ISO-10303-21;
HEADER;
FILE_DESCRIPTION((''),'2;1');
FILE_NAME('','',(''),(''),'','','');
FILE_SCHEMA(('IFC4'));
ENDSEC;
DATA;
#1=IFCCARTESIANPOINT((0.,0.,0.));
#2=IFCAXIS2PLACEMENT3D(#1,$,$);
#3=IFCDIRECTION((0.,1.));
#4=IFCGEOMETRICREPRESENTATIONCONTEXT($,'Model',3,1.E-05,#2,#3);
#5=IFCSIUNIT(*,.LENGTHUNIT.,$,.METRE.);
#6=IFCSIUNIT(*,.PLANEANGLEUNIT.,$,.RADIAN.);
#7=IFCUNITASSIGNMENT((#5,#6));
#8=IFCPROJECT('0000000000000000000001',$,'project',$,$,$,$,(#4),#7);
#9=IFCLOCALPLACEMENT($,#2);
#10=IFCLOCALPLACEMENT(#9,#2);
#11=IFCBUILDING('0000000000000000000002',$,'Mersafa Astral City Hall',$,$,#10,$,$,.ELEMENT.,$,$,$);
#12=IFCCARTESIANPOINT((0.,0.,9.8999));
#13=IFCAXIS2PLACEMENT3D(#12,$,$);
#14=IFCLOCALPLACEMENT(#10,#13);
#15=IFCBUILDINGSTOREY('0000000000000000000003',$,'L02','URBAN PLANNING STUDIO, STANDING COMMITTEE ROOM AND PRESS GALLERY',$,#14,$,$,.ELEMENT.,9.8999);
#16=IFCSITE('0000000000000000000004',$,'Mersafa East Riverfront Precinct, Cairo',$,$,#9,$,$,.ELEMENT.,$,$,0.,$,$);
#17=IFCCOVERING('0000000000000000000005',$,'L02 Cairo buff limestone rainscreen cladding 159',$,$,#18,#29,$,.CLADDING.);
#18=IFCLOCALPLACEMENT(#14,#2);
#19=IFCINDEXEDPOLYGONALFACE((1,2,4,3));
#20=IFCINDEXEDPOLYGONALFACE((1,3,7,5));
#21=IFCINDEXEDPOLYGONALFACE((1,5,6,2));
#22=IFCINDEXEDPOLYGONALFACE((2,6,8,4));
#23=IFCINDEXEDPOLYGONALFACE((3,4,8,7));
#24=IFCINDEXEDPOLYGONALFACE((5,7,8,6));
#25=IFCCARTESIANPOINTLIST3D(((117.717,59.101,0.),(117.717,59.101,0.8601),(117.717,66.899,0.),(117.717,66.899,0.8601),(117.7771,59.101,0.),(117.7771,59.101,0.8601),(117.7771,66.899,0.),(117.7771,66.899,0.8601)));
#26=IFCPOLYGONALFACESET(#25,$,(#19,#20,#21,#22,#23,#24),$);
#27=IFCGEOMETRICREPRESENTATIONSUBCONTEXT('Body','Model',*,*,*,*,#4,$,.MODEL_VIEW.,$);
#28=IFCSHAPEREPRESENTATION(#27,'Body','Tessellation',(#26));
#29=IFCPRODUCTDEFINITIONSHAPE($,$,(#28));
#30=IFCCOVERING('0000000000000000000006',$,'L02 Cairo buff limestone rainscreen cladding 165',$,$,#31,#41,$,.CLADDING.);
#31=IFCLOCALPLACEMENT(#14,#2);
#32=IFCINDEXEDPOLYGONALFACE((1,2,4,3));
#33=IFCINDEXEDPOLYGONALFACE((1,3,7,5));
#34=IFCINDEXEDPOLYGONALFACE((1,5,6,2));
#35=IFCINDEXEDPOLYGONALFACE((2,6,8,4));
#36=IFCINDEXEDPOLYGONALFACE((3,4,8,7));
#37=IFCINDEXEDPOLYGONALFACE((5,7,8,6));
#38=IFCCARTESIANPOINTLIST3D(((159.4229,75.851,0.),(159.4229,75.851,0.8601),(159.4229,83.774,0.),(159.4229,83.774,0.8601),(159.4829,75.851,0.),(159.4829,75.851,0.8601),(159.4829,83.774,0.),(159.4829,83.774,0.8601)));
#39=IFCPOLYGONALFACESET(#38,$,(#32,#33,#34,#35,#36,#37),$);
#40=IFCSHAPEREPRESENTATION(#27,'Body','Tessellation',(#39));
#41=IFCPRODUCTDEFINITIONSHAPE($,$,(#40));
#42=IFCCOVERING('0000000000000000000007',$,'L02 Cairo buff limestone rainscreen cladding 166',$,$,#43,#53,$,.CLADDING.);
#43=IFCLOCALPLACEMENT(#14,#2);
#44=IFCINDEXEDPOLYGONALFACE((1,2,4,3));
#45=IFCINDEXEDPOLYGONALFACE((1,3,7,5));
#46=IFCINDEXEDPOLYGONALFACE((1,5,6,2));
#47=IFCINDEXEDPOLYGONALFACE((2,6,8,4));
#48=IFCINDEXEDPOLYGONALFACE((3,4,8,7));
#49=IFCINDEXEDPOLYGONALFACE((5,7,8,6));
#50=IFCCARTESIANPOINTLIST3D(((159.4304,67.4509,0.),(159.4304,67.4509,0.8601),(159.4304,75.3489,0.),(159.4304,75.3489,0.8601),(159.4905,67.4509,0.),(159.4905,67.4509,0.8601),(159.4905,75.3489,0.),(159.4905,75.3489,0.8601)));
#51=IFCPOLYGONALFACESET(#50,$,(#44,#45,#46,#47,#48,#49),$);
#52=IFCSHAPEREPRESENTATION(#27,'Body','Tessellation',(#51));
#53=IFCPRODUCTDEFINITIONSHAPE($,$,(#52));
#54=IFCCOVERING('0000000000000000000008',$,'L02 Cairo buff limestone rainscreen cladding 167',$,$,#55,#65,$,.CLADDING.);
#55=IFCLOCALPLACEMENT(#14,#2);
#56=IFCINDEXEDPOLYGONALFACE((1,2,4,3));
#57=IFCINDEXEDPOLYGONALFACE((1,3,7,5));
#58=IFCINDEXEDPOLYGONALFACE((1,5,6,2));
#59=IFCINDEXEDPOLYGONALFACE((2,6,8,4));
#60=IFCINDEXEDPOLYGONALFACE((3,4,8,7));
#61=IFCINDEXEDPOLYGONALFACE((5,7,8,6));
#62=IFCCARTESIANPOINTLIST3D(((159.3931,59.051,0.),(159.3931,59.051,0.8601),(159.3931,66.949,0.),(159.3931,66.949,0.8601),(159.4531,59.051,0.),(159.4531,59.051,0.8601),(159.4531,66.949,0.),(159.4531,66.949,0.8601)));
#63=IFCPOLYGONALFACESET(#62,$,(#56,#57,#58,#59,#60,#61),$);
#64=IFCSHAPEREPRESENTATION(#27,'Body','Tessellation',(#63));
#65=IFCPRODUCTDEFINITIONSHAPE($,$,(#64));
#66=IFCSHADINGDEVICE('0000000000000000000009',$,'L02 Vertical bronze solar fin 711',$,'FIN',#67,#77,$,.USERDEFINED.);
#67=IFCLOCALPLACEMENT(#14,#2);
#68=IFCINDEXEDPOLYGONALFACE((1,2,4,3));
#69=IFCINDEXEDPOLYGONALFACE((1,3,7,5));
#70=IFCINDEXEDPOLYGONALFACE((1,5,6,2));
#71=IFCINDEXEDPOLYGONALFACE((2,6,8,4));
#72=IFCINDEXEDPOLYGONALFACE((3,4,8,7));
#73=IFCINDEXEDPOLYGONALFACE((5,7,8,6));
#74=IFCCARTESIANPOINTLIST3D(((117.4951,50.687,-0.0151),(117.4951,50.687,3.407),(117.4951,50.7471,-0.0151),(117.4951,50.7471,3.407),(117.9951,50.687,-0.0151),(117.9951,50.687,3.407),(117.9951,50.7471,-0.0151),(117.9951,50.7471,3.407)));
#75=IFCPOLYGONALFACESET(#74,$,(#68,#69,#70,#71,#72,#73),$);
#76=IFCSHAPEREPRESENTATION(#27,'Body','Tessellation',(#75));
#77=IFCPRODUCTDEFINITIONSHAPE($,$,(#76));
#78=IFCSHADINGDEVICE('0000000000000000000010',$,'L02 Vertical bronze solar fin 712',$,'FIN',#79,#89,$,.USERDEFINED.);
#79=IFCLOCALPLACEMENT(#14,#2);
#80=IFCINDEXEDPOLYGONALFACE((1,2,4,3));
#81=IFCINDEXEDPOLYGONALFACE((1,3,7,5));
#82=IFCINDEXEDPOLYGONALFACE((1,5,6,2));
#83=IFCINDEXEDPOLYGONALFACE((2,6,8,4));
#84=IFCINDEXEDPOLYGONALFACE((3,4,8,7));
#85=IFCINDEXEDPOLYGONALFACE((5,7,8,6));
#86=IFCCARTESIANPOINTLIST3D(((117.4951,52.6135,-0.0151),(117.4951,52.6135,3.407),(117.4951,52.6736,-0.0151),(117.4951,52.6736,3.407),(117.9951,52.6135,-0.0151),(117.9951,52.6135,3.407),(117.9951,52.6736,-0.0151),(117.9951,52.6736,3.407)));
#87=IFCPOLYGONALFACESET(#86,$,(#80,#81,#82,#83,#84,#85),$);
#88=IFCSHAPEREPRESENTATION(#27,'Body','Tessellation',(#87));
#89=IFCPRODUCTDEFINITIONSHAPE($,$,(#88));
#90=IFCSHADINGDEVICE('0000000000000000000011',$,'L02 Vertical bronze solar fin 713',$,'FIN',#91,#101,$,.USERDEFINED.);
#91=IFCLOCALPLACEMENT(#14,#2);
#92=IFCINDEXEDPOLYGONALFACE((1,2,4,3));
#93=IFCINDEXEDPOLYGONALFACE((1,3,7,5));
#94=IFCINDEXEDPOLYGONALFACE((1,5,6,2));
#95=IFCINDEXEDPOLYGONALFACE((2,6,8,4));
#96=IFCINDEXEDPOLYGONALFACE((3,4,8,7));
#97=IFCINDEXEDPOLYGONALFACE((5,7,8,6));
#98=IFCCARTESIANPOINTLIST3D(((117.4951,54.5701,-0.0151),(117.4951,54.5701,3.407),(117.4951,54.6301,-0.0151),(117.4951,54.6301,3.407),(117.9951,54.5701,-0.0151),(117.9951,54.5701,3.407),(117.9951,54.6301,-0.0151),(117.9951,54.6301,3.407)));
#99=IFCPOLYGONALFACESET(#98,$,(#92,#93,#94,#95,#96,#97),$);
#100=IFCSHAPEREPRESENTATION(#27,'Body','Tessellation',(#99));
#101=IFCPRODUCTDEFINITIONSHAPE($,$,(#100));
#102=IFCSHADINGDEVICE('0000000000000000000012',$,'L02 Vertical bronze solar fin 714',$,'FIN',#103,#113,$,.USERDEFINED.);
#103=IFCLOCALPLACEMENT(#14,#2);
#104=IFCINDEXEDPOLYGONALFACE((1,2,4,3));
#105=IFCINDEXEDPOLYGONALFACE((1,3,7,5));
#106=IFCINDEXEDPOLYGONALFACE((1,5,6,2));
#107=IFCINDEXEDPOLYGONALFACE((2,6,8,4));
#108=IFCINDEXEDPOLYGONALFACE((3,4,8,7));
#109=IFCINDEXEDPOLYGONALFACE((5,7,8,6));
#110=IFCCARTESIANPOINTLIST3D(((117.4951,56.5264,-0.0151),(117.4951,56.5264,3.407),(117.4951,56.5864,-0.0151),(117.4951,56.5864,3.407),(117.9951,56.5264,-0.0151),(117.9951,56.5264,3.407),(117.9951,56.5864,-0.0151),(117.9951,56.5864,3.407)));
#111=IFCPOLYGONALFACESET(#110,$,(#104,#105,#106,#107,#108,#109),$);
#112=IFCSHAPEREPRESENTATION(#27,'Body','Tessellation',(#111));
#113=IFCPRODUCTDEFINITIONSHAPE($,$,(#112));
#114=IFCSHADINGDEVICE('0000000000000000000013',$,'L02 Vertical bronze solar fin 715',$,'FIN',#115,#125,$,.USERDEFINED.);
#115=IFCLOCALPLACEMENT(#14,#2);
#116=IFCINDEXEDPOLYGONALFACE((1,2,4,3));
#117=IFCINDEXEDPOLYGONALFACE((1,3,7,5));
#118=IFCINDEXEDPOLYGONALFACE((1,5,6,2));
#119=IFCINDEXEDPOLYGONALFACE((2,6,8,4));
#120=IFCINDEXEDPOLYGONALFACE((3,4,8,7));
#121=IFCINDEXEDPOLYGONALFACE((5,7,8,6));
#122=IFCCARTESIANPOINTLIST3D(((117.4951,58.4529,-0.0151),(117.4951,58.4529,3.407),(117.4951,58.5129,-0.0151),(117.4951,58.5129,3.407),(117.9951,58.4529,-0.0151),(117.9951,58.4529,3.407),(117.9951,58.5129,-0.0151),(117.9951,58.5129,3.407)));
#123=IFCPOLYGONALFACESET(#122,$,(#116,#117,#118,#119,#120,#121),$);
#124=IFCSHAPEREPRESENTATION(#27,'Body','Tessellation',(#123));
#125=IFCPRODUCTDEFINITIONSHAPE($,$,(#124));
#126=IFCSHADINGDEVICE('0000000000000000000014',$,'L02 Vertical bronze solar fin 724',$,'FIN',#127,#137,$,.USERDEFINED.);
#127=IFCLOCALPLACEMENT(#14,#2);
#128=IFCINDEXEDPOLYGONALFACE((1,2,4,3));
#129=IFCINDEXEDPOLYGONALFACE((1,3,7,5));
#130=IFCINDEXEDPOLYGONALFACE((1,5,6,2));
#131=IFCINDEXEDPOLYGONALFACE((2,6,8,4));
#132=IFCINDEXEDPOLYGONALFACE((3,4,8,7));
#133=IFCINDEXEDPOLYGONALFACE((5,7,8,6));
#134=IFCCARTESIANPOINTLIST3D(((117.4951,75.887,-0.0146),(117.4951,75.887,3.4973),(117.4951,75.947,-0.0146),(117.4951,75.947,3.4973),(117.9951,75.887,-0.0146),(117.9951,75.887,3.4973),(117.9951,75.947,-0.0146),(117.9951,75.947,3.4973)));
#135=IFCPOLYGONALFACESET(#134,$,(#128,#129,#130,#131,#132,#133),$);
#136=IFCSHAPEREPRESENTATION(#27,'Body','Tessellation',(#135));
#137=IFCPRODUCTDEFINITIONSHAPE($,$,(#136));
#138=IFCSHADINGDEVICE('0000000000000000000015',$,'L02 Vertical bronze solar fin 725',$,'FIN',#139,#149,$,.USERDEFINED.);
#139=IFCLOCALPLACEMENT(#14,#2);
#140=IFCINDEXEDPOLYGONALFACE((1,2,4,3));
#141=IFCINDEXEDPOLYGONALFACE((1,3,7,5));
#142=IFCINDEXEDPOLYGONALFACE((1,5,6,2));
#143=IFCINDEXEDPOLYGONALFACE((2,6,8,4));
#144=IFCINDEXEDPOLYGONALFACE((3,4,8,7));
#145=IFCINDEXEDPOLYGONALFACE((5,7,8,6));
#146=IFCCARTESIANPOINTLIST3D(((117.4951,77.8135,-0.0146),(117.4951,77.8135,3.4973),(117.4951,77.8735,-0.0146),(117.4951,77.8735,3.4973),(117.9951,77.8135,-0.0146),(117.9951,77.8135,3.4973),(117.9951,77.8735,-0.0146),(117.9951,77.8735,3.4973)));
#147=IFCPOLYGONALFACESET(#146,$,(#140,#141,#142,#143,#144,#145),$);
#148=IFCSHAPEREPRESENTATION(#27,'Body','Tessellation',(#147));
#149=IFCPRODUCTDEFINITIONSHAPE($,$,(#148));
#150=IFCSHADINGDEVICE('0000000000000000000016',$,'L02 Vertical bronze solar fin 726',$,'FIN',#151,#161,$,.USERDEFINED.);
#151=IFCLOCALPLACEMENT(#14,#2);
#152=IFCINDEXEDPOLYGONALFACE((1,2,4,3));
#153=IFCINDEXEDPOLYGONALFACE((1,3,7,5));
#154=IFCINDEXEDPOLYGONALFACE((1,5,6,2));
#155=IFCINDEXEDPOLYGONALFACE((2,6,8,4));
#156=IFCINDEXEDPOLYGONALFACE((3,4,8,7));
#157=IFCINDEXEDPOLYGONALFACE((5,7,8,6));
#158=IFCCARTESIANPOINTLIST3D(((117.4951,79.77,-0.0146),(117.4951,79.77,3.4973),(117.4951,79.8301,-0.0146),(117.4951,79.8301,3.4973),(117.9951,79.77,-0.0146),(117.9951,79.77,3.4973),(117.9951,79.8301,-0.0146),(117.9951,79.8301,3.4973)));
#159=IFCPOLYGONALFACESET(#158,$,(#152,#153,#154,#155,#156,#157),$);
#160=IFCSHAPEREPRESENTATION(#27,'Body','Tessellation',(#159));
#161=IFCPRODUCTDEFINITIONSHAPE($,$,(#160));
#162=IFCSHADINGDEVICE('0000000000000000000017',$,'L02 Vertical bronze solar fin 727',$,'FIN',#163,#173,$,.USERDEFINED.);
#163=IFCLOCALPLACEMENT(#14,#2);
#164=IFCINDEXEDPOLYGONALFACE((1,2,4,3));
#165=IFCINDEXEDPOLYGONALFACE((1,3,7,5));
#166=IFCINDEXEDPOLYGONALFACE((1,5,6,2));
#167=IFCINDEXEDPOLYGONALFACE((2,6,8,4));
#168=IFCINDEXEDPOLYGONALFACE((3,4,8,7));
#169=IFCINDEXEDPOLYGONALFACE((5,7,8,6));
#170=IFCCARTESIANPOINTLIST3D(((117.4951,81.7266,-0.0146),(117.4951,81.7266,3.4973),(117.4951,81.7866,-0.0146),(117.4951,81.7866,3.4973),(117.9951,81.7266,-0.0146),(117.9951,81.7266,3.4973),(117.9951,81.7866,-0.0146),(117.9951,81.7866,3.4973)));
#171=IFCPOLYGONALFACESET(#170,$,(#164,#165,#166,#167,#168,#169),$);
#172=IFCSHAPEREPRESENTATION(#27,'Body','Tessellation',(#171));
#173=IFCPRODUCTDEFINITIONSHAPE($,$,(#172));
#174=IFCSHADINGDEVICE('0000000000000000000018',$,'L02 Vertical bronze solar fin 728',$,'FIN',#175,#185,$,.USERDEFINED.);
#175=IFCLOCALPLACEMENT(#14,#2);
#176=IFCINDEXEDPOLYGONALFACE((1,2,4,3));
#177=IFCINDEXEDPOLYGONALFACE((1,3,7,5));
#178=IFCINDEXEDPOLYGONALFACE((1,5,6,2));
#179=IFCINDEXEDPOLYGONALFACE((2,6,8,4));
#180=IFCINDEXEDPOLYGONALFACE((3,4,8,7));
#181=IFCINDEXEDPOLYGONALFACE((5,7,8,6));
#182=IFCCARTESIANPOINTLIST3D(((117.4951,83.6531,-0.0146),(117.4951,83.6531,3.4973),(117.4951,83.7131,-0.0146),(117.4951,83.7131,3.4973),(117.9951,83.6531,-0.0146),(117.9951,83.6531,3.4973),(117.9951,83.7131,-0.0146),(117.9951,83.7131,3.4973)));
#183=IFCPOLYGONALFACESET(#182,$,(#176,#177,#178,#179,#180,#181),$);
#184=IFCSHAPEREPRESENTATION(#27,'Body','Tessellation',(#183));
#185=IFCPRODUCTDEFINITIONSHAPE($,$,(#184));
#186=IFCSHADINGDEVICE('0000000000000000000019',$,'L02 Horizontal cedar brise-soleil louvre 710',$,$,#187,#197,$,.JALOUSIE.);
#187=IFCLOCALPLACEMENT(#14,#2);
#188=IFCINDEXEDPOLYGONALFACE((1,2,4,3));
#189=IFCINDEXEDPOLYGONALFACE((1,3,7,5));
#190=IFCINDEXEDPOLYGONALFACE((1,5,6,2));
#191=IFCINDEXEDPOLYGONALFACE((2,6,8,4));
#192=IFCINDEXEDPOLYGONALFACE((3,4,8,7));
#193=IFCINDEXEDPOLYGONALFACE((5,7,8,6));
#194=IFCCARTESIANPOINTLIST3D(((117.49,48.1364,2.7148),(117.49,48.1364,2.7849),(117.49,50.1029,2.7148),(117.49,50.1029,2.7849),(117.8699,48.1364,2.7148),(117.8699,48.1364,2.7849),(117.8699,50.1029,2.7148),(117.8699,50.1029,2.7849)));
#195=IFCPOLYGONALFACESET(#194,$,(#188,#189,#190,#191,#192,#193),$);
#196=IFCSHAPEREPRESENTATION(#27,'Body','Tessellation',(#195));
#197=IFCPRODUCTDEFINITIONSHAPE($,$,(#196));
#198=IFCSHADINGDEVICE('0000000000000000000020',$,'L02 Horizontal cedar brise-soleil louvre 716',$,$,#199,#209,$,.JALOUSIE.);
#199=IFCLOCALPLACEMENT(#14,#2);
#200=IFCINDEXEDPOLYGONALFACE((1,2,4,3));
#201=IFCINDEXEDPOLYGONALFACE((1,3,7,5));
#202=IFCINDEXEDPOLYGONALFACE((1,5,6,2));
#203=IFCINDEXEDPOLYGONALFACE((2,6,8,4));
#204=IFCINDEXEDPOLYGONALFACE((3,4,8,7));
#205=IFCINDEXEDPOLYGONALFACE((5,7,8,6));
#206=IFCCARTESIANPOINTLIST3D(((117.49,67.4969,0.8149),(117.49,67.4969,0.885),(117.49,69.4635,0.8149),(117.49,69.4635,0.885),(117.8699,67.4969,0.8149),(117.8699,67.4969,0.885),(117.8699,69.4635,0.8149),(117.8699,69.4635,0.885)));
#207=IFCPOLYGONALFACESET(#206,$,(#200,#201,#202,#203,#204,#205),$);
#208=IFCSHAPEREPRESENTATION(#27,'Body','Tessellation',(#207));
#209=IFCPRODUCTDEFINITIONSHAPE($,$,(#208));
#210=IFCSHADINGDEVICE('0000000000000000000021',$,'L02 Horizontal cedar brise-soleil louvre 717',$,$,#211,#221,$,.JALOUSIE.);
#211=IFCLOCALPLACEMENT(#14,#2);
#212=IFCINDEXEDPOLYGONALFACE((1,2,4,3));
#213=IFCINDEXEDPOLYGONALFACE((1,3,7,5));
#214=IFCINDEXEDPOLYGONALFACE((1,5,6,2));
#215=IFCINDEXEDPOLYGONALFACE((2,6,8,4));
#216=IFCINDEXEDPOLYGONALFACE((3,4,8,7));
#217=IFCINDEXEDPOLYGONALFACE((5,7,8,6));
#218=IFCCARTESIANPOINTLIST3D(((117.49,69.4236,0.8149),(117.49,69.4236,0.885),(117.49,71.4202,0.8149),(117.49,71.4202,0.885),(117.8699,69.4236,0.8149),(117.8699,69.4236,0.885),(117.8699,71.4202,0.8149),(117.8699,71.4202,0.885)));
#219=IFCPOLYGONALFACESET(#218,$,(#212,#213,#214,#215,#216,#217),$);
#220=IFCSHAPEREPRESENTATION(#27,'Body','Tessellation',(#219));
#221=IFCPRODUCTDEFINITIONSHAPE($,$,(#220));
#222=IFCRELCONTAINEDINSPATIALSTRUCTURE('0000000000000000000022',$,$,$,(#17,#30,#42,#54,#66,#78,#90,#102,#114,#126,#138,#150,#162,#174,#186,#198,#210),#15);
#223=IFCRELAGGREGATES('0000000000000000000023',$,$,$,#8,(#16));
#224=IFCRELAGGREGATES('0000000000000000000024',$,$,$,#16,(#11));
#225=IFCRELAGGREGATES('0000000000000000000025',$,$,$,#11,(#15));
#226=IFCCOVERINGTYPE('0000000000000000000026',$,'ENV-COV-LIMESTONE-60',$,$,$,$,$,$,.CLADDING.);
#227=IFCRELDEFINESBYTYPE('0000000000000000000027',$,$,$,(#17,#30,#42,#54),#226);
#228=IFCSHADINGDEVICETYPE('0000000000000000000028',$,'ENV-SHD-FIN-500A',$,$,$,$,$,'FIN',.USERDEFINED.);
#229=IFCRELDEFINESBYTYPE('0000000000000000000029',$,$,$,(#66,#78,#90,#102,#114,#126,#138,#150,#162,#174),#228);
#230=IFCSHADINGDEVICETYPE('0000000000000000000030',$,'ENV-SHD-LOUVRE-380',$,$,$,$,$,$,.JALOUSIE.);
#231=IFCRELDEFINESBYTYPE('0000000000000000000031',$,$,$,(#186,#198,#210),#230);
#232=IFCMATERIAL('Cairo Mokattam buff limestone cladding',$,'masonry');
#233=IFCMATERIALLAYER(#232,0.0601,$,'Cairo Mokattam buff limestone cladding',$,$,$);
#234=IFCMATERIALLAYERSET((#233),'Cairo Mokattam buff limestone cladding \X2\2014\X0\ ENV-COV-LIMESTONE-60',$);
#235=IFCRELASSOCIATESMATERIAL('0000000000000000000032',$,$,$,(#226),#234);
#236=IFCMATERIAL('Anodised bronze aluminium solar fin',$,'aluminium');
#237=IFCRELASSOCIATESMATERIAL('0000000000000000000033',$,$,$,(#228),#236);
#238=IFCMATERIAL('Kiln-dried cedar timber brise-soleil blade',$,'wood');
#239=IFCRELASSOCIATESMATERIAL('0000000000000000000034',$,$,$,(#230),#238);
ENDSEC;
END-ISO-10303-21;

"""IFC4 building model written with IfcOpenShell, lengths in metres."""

from ifc_helpers import new_model, si_unit, direction, frame, origin, origin_2d, place, context, subcontext, project, spatial, rectangle, extrude, material, layer, layer_set, type_object, element, save


model = new_model("IFC4")

# Units and contexts
model_context = context("Model", 3, precision=1e-05, world=origin(), true_north=direction((0.0, 1.0)))
body_context = subcontext(model_context, "Body", "Model", "MODEL_VIEW")
ifc_project = project(units=[si_unit("LENGTHUNIT", "METRE"), si_unit("PLANEANGLEUNIT", "RADIAN")], contexts=[model_context])

# Site, building, storey
site_placement = place(None, origin())
site = spatial("IfcSite", under=ifc_project, at=site_placement, Name="Mersafa East Riverfront Precinct, Cairo", CompositionType="ELEMENT", RefElevation=0.0)
building_placement = place(site_placement, origin())
building = spatial("IfcBuilding", under=site, at=building_placement, Name="Mersafa Astral City Hall", CompositionType="ELEMENT")
storey_placement = place(building_placement, frame((0.0, 0.0, 9.8999)))
storey = spatial("IfcBuildingStorey", under=building, at=storey_placement, Name="L02", Description="URBAN PLANNING STUDIO, STANDING COMMITTEE ROOM AND PRESS GALLERY", CompositionType="ELEMENT", Elevation=9.8999)

# Coverings
ifc_material_1 = material(Name="Cairo Mokattam buff limestone cladding", Category="masonry")
ifc_layer = layer(ifc_material_1, 0.0601, Name="Cairo Mokattam buff limestone cladding")
ifc_layer_set = layer_set([ifc_layer], Name="Cairo Mokattam buff limestone cladding — ENV-COV-LIMESTONE-60")
covering_type = type_object("IfcCoveringType", Name="ENV-COV-LIMESTONE-60", PredefinedType="CLADDING", material=ifc_layer_set)
covering_1_placement = place(storey_placement, frame((117.7471, 63.0, 0.0), z_axis=(0.0, 0.0, 1.0), x_axis=(0.0, 1.0, 0.0)))
element("IfcCovering", 1, at=covering_1_placement, inside=storey, type_object=covering_type, Name="L02 Cairo buff limestone rainscreen cladding 159", PredefinedType="CLADDING", context=body_context, shape_type="SweptSolid", body=[
    extrude(rectangle(XDim=7.7981, YDim=0.0601, at=origin_2d()), origin(), (0.0, 0.0, 1.0), 0.8601),
])
covering_2_placement = place(storey_placement, frame((159.4529, 79.8125, 0.0), z_axis=(0.0, 0.0, 1.0), x_axis=(0.0, -1.0, 0.0)))
element("IfcCovering", 2, at=covering_2_placement, inside=storey, type_object=covering_type, Name="L02 Cairo buff limestone rainscreen cladding 165", PredefinedType="CLADDING", context=body_context, shape_type="SweptSolid", body=[
    extrude(rectangle(XDim=7.9231, YDim=0.0601, at=origin_2d()), origin(), (0.0, 0.0, 1.0), 0.8601),
])
for number, where, z_axis, x_axis, name in (
    (3, (159.4604, 71.3999, 0.0), (0.0, 0.0, 1.0), (0.0, -1.0, 0.0), "L02 Cairo buff limestone rainscreen cladding 166"),
    (4, (159.4231, 63.0, 0.0), (0.0, 0.0, 1.0), (0.0, -1.0, 0.0), "L02 Cairo buff limestone rainscreen cladding 167"),
):
    element("IfcCovering", number, at=place(storey_placement, frame(where, z_axis=z_axis, x_axis=x_axis)), inside=storey, type_object=covering_type, Name=name, PredefinedType="CLADDING", context=body_context, shape_type="SweptSolid", body=[
        extrude(rectangle(XDim=7.8979, YDim=0.0601, at=origin_2d()), origin(), (0.0, 0.0, 1.0), 0.8601),
    ])

# Shading devices
ifc_material_2 = material(Name="Anodised bronze aluminium solar fin", Category="aluminium")
shading_device_type_1 = type_object("IfcShadingDeviceType", Name="ENV-SHD-FIN-500A", ElementType="FIN", PredefinedType="USERDEFINED", material=ifc_material_2)
for number, where, z_axis, x_axis, name in (
    (5, (117.7451, 50.717, -0.0151), (0.0, 0.0, 1.0), (0.0, 1.0, 0.0), "L02 Vertical bronze solar fin 711"),
    (6, (117.7451, 52.6436, -0.0151), (0.0, 0.0, 1.0), (0.0, 1.0, 0.0), "L02 Vertical bronze solar fin 712"),
    (7, (117.7451, 54.6001, -0.0151), (0.0, 0.0, 1.0), (0.0, 1.0, 0.0), "L02 Vertical bronze solar fin 713"),
    (8, (117.7451, 56.5564, -0.0151), (0.0, 0.0, 1.0), (0.0, 1.0, 0.0), "L02 Vertical bronze solar fin 714"),
    (9, (117.7451, 58.4829, -0.0151), (0.0, 0.0, 1.0), (0.0, 1.0, 0.0), "L02 Vertical bronze solar fin 715"),
):
    element("IfcShadingDevice", number, at=place(storey_placement, frame(where, z_axis=z_axis, x_axis=x_axis)), inside=storey, type_object=shading_device_type_1, Name=name, ObjectType="FIN", PredefinedType="USERDEFINED", context=body_context, shape_type="SweptSolid", body=[
        extrude(rectangle(XDim=0.0601, YDim=0.5, at=origin_2d()), origin(), (0.0, 0.0, 1.0), 3.4221),
    ])
for number, where, z_axis, x_axis, name in (
    (10, (117.7451, 75.917, -0.0146), (0.0, 0.0, 1.0), (0.0, 1.0, 0.0), "L02 Vertical bronze solar fin 724"),
    (11, (117.7451, 77.8435, -0.0146), (0.0, 0.0, 1.0), (0.0, 1.0, 0.0), "L02 Vertical bronze solar fin 725"),
    (12, (117.7451, 79.8, -0.0146), (0.0, 0.0, 1.0), (0.0, 1.0, 0.0), "L02 Vertical bronze solar fin 726"),
    (13, (117.7451, 81.7566, -0.0146), (0.0, 0.0, 1.0), (0.0, 1.0, 0.0), "L02 Vertical bronze solar fin 727"),
    (14, (117.7451, 83.6831, -0.0146), (0.0, 0.0, 1.0), (0.0, 1.0, 0.0), "L02 Vertical bronze solar fin 728"),
):
    element("IfcShadingDevice", number, at=place(storey_placement, frame(where, z_axis=z_axis, x_axis=x_axis)), inside=storey, type_object=shading_device_type_1, Name=name, ObjectType="FIN", PredefinedType="USERDEFINED", context=body_context, shape_type="SweptSolid", body=[
        extrude(rectangle(XDim=0.0601, YDim=0.5, at=origin_2d()), origin(), (0.0, 0.0, 1.0), 3.512),
    ])
ifc_material_3 = material(Name="Kiln-dried cedar timber brise-soleil blade", Category="wood")
shading_device_type_2 = type_object("IfcShadingDeviceType", Name="ENV-SHD-LOUVRE-380", PredefinedType="JALOUSIE", material=ifc_material_3)
for number, where, z_axis, x_axis, name in (
    (15, (117.6799, 49.1196, 2.7148), (0.0, 0.0, 1.0), (0.0, 1.0, 0.0), "L02 Horizontal cedar brise-soleil louvre 710"),
    (16, (117.6799, 68.4802, 0.8149), (0.0, 0.0, 1.0), (0.0, 1.0, 0.0), "L02 Horizontal cedar brise-soleil louvre 716"),
):
    element("IfcShadingDevice", number, at=place(storey_placement, frame(where, z_axis=z_axis, x_axis=x_axis)), inside=storey, type_object=shading_device_type_2, Name=name, PredefinedType="JALOUSIE", context=body_context, shape_type="SweptSolid", body=[
        extrude(rectangle(XDim=1.9666, YDim=0.3799, at=origin_2d()), origin(), (0.0, 0.0, 1.0), 0.0701),
    ])
for number, where, z_axis, x_axis, name in (
    (17, (117.6799, 70.4219, 0.8149), (0.0, 0.0, 1.0), (0.0, 1.0, 0.0), "L02 Horizontal cedar brise-soleil louvre 717"),
):
    element("IfcShadingDevice", number, at=place(storey_placement, frame(where, z_axis=z_axis, x_axis=x_axis)), inside=storey, type_object=shading_device_type_2, Name=name, PredefinedType="JALOUSIE", context=body_context, shape_type="SweptSolid", body=[
        extrude(rectangle(XDim=1.9966, YDim=0.3799, at=origin_2d()), origin(), (0.0, 0.0, 1.0), 0.0701),
    ])

save(model, "model.ifc")
